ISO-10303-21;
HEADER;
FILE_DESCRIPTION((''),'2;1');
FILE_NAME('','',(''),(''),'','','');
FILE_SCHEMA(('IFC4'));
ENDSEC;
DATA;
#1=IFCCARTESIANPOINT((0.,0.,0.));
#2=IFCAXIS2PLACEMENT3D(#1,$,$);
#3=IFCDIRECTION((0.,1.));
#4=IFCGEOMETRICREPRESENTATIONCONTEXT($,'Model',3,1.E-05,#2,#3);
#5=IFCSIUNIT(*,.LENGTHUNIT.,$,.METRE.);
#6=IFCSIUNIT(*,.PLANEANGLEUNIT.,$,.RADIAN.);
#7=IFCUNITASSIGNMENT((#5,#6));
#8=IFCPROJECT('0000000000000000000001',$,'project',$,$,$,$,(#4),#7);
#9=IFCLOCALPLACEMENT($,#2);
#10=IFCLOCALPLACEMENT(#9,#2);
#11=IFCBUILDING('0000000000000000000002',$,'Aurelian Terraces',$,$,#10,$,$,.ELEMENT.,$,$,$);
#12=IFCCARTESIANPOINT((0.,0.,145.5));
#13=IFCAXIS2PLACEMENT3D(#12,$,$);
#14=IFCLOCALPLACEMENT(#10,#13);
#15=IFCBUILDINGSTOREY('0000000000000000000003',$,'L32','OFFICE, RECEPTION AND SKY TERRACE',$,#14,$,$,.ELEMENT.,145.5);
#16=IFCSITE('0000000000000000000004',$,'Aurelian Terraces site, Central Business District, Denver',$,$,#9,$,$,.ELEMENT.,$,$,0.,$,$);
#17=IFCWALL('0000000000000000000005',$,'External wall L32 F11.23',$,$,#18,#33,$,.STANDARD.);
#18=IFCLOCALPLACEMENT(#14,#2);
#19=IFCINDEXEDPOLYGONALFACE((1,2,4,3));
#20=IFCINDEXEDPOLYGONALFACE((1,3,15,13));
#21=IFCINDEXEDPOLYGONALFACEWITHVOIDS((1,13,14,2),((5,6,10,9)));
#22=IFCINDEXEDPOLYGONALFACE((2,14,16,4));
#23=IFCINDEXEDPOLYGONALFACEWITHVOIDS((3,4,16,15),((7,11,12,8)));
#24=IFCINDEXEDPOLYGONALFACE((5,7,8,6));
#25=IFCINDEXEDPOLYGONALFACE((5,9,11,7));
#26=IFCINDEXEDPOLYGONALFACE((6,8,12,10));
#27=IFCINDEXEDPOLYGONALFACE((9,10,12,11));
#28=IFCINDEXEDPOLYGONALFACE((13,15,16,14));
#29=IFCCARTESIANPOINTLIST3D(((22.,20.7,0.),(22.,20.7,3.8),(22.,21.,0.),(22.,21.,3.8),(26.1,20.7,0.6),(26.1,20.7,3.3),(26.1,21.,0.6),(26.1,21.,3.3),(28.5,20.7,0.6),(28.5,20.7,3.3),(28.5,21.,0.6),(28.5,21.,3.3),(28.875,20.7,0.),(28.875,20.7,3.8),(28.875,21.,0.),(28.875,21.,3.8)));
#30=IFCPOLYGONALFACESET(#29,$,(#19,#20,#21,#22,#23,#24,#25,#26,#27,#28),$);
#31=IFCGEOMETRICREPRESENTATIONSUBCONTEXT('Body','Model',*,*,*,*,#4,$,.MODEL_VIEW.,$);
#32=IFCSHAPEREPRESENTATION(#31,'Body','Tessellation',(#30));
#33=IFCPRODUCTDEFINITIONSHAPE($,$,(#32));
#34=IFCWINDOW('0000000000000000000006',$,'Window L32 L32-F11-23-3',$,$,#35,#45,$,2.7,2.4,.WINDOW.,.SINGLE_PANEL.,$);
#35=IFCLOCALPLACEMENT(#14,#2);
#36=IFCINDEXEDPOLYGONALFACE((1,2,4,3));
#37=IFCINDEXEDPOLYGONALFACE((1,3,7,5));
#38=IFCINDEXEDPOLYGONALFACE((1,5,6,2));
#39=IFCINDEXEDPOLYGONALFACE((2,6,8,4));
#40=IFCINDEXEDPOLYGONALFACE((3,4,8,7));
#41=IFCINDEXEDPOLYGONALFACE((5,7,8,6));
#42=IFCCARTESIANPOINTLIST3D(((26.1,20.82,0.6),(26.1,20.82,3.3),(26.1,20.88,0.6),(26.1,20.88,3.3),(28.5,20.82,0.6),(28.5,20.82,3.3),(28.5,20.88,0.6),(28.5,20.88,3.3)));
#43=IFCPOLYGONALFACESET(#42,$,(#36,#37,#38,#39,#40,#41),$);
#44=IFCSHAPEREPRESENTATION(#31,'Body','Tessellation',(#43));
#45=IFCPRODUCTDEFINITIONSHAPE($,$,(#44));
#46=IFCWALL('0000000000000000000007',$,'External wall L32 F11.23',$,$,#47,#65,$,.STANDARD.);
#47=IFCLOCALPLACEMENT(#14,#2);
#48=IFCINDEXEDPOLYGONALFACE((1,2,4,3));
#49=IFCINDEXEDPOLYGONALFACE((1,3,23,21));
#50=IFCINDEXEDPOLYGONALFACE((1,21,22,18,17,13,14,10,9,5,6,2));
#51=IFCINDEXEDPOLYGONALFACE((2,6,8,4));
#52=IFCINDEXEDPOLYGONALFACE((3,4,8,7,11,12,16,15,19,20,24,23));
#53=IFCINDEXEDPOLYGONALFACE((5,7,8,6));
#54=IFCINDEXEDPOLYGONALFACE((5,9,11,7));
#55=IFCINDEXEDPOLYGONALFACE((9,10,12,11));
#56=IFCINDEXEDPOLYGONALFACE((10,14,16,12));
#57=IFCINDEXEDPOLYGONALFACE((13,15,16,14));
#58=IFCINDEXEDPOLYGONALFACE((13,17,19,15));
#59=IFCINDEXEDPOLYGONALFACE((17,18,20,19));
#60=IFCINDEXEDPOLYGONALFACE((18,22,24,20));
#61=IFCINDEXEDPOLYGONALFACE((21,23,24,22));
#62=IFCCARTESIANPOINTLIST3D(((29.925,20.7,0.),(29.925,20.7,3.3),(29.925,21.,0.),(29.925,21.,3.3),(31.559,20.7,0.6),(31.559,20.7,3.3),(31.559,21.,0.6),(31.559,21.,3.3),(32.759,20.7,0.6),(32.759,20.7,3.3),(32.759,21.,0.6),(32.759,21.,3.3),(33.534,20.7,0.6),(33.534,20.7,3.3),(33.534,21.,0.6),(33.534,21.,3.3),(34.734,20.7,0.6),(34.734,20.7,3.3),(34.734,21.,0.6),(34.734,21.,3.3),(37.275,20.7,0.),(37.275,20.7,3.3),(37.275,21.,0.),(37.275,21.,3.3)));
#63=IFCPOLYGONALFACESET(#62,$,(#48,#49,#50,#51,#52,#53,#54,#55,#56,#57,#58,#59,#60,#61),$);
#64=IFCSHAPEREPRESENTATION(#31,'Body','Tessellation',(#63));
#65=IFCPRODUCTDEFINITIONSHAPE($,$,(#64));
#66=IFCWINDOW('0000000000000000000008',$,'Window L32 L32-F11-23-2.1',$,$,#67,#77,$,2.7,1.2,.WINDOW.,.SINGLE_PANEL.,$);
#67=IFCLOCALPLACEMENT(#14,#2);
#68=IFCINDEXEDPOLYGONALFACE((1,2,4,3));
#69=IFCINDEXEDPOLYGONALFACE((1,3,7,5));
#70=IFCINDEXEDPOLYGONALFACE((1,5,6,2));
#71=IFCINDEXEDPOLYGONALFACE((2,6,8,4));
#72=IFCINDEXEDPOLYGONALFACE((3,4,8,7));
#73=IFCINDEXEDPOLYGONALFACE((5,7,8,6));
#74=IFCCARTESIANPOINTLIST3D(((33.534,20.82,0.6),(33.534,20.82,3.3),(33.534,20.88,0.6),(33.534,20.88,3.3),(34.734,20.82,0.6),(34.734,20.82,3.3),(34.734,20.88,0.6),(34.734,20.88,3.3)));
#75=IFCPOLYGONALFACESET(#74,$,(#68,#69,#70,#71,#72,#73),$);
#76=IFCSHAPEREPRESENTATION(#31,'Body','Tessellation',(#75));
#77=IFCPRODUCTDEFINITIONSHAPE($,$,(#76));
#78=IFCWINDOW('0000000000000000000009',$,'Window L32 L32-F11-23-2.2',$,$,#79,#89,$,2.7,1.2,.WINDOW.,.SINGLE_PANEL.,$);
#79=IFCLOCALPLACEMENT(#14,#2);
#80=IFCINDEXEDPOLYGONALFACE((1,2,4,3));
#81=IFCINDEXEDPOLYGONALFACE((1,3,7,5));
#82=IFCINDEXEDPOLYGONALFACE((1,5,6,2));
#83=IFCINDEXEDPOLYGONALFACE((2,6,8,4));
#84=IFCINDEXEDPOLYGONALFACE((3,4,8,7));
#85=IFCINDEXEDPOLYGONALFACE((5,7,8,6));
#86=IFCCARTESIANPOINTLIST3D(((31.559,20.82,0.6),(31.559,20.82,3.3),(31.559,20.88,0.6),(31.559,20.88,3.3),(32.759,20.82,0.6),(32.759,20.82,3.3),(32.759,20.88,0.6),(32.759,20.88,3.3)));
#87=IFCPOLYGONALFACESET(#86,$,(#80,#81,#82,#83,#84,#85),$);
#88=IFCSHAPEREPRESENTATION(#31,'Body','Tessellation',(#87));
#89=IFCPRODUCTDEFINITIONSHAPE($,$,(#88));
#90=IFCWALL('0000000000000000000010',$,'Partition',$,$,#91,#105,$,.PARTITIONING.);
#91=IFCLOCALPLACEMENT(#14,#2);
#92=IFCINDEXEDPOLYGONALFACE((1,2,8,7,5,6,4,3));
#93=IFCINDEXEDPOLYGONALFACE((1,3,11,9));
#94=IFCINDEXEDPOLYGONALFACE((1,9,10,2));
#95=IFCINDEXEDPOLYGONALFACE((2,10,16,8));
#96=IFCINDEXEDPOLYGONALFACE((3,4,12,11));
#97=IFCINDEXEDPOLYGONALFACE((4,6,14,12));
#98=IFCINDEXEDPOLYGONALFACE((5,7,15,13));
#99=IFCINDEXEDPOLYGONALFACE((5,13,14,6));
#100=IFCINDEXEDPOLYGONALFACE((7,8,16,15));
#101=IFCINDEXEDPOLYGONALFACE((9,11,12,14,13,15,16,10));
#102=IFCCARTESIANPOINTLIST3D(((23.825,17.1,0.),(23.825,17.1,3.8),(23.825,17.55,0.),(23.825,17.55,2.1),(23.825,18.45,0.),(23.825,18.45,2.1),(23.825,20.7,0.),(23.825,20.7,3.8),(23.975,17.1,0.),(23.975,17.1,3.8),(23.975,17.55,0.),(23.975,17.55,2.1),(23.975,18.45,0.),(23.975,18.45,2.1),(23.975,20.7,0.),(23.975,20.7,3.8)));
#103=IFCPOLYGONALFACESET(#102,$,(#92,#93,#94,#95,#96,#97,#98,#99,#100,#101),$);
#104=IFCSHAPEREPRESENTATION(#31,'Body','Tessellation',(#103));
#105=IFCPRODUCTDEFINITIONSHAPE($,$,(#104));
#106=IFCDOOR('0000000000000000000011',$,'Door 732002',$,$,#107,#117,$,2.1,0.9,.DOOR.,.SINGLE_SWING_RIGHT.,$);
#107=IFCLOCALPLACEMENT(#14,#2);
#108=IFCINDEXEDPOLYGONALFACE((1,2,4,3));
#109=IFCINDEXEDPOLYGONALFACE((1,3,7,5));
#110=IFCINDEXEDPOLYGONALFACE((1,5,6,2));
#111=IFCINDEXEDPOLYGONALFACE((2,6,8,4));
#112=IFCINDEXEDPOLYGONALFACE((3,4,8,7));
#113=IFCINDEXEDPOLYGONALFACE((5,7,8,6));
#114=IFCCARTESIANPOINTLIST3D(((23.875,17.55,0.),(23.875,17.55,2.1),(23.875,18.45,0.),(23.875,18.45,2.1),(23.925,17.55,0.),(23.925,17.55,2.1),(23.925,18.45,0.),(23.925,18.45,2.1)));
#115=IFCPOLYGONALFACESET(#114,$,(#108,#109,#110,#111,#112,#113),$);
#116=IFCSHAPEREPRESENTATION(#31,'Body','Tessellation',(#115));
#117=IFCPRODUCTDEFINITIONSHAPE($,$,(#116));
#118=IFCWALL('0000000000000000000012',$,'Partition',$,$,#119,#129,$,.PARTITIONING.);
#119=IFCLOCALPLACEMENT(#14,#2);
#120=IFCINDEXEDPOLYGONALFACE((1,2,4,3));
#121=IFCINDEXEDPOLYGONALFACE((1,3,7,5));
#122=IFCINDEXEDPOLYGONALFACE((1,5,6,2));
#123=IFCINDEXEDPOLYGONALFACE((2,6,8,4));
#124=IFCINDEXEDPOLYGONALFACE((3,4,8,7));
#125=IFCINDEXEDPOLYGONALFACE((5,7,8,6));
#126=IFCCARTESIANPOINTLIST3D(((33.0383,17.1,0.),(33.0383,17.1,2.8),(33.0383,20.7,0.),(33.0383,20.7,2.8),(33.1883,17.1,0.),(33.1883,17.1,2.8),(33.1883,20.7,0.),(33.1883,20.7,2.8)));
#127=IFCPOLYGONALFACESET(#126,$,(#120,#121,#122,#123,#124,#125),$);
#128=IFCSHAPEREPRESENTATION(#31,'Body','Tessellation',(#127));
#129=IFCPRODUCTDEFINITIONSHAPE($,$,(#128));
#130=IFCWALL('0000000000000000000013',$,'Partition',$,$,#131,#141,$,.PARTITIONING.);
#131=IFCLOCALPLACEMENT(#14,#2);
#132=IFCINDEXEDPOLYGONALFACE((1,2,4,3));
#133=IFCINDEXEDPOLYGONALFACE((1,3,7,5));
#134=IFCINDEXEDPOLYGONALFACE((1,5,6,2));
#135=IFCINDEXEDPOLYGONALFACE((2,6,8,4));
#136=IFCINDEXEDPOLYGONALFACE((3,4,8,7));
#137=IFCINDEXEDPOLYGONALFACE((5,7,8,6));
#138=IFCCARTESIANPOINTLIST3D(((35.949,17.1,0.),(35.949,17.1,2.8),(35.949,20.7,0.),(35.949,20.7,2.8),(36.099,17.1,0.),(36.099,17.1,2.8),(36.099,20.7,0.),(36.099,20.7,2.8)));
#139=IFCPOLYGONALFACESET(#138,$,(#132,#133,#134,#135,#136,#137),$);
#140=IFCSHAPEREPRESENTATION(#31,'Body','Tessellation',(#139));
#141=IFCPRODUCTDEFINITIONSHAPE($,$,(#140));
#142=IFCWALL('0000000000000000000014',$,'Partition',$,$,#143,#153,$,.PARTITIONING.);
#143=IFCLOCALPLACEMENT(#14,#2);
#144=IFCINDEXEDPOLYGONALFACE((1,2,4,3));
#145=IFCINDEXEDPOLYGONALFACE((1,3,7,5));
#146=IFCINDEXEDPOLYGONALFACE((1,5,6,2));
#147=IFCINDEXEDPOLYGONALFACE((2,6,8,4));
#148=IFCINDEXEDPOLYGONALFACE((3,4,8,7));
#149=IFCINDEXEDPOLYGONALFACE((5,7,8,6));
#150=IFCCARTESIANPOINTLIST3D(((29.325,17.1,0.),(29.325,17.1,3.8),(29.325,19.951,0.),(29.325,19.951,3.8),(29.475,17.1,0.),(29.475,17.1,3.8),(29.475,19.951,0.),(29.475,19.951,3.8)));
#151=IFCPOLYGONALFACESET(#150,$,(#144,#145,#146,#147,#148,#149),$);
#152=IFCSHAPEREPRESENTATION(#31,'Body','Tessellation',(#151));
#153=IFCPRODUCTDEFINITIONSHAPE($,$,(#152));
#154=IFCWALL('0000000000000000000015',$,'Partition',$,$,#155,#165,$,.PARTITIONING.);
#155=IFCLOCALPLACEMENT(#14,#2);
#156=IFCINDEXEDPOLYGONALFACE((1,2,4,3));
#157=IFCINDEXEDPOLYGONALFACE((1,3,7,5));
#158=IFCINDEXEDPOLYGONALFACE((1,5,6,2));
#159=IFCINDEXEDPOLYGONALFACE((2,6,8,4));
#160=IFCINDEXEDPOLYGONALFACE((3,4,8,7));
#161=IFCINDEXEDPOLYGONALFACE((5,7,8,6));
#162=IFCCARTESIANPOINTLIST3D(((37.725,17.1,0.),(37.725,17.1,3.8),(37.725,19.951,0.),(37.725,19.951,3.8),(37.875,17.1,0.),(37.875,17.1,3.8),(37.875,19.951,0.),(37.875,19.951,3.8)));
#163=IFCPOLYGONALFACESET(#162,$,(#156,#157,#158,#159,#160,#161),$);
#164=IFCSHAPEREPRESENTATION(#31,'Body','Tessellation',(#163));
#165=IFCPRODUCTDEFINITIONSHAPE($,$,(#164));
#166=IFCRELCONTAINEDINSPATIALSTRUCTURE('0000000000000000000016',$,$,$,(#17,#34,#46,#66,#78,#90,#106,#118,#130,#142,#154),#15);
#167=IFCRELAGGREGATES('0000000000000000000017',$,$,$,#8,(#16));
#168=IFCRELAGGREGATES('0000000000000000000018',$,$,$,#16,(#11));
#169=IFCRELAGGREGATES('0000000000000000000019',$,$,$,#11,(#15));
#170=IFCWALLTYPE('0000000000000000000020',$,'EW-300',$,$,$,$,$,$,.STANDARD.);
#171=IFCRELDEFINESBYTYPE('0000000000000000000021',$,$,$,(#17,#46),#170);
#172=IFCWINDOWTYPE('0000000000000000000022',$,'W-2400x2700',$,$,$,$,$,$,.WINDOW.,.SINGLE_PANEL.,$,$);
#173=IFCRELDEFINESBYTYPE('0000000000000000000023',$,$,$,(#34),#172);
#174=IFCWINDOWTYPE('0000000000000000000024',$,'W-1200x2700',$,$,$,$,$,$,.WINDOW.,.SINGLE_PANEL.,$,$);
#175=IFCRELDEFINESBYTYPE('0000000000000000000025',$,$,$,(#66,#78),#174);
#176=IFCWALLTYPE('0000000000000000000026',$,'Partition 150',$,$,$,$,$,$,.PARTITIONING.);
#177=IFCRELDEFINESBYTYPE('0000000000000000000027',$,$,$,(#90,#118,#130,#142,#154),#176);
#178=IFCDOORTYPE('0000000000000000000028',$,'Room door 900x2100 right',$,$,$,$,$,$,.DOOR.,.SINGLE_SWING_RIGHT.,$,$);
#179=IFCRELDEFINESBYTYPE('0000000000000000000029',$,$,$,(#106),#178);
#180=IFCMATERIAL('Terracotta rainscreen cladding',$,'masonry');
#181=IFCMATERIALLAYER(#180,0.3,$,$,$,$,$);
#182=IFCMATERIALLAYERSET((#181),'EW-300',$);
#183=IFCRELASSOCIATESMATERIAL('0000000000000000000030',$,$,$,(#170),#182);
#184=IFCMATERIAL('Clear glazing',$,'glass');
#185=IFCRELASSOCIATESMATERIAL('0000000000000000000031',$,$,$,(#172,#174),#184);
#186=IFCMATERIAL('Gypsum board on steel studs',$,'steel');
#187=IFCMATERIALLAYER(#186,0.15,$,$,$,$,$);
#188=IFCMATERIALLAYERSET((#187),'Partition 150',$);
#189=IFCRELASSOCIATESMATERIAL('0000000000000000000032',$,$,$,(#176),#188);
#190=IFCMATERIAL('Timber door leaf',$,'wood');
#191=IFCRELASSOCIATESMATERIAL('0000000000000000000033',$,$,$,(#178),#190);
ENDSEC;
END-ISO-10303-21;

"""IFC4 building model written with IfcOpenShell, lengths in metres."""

from ifc_helpers import new_model, si_unit, direction, frame, frame_2d, origin, place, context, subcontext, project, spatial, rectangle, extrude, source, transform, mapped, material, layer, layer_set, type_object, element, fill, save


model = new_model("IFC4")

# Units and contexts
model_context = context("Model", 3, precision=1e-05, world=origin(), true_north=direction((0.0, 1.0)))
body_context = subcontext(model_context, "Body", "Model", "MODEL_VIEW")
ifc_project = project(units=[si_unit("LENGTHUNIT", "METRE"), si_unit("PLANEANGLEUNIT", "RADIAN")], contexts=[model_context])

# Site, building, storey
site_placement = place(None, origin())
site = spatial("IfcSite", under=ifc_project, at=site_placement, Name="Aurelian Terraces site, Central Business District, Denver", CompositionType="ELEMENT", RefElevation=0.0)
building_placement = place(site_placement, origin())
building = spatial("IfcBuilding", under=site, at=building_placement, Name="Aurelian Terraces", CompositionType="ELEMENT")
storey_placement = place(building_placement, frame((0.0, 0.0, 145.5)))
storey = spatial("IfcBuildingStorey", under=building, at=storey_placement, Name="L32", Description="OFFICE, RECEPTION AND SKY TERRACE", CompositionType="ELEMENT", Elevation=145.5)

# Wall, opening, window
ifc_material_1 = material(Name="Clear glazing", Category="glass")
ifc_material_2 = material(Name="Terracotta rainscreen cladding", Category="masonry")
ifc_layer_1 = layer(ifc_material_2, 0.3)
ifc_layer_set_1 = layer_set([ifc_layer_1], Name="EW-300")
wall_type_1 = type_object("IfcWallType", Name="EW-300", PredefinedType="STANDARD", material=ifc_layer_set_1)
shared_shape_1 = source(origin(), body_context, "Body", "SweptSolid", [
    extrude(rectangle(XDim=6.875, YDim=0.3, at=frame_2d((3.4375, 0.0))), origin(), (0.0, 0.0, 1.0), 3.8),
])
wall_1_placement = place(storey_placement, frame((28.875, 20.85, 0.0), z_axis=(0.0, 0.0, 1.0), x_axis=(-1.0, 0.0, 0.0)))
wall_1 = element("IfcWall", 1, at=wall_1_placement, inside=storey, type_object=wall_type_1, Name="External wall L32 F11.23", PredefinedType="STANDARD", context=body_context, shape_type="MappedRepresentation", body=[
    mapped(shared_shape_1, transform((0.0, 0.0, 0.0), scale=1.0)),
])
shared_shape_2 = source(origin(), body_context, "Body", "SweptSolid", [
    extrude(rectangle(XDim=2.4, YDim=2.7, at=frame_2d((1.2, 1.35))), frame((0.0, 0.16, 0.0), z_axis=(0.0, -1.0, 0.0), x_axis=(1.0, 0.0, 0.0)), (0.0, 0.0, 1.0), 0.32),
])
opening_1_placement = place(wall_1_placement, frame((0.375, 0.0, 0.6)))
opening_1 = element("IfcOpeningElement", 2, at=opening_1_placement, cuts=wall_1, PredefinedType="OPENING", context=body_context, shape_type="MappedRepresentation", body=[
    mapped(shared_shape_2, transform((0.0, 0.0, 0.0), scale=1.0)),
])
window_type_1 = type_object("IfcWindowType", Name="W-2400x2700", PartitioningType="SINGLE_PANEL", PredefinedType="WINDOW", material=ifc_material_1)
shared_shape_3 = source(origin(), body_context, "Body", "SweptSolid", [
    extrude(rectangle(XDim=2.4, YDim=2.7, at=frame_2d((1.2, 1.35))), frame((0.0, 0.03, 0.0), z_axis=(0.0, -1.0, 0.0), x_axis=(1.0, 0.0, 0.0)), (0.0, 0.0, 1.0), 0.06),
])
window_1_placement = place(opening_1_placement, origin())
window_1 = element("IfcWindow", 3, at=window_1_placement, inside=storey, type_object=window_type_1, Name="Window L32 L32-F11-23-3", OverallHeight=2.7, OverallWidth=2.4, PartitioningType="SINGLE_PANEL", PredefinedType="WINDOW", context=body_context, shape_type="MappedRepresentation", body=[
    mapped(shared_shape_3, transform((0.0, 0.0, 0.0), scale=1.0)),
])
fill(opening_1, window_1)

# Wall, openings, windows
shared_shape_4 = source(origin(), body_context, "Body", "SweptSolid", [
    extrude(rectangle(XDim=7.35, YDim=0.3, at=frame_2d((3.675, 0.0))), origin(), (0.0, 0.0, 1.0), 3.3),
])
wall_2_placement = place(storey_placement, frame((37.275, 20.85, 0.0), z_axis=(0.0, 0.0, 1.0), x_axis=(-1.0, 0.0, 0.0)))
wall_2 = element("IfcWall", 4, at=wall_2_placement, inside=storey, type_object=wall_type_1, Name="External wall L32 F11.23", PredefinedType="STANDARD", context=body_context, shape_type="MappedRepresentation", body=[
    mapped(shared_shape_4, transform((0.0, 0.0, 0.0), scale=1.0)),
])
shared_shape_5 = source(origin(), body_context, "Body", "SweptSolid", [
    extrude(rectangle(XDim=1.2, YDim=2.7, at=frame_2d((0.6, 1.35))), frame((0.0, 0.16, 0.0), z_axis=(0.0, -1.0, 0.0), x_axis=(1.0, 0.0, 0.0)), (0.0, 0.0, 1.0), 0.32),
])
opening_2_placement = place(wall_2_placement, frame((2.541, 0.0, 0.6)))
opening_2 = element("IfcOpeningElement", 5, at=opening_2_placement, cuts=wall_2, PredefinedType="OPENING", context=body_context, shape_type="MappedRepresentation", body=[
    mapped(shared_shape_5, transform((0.0, 0.0, 0.0), scale=1.0)),
])
opening_3_placement = place(wall_2_placement, frame((4.516, 0.0, 0.6)))
opening_3 = element("IfcOpeningElement", 6, at=opening_3_placement, cuts=wall_2, PredefinedType="OPENING", context=body_context, shape_type="MappedRepresentation", body=[
    mapped(shared_shape_5, transform((0.0, 0.0, 0.0), scale=1.0)),
])
window_type_2 = type_object("IfcWindowType", Name="W-1200x2700", PartitioningType="SINGLE_PANEL", PredefinedType="WINDOW", material=ifc_material_1)
shared_shape_6 = source(origin(), body_context, "Body", "SweptSolid", [
    extrude(rectangle(XDim=1.2, YDim=2.7, at=frame_2d((0.6, 1.35))), frame((0.0, 0.03, 0.0), z_axis=(0.0, -1.0, 0.0), x_axis=(1.0, 0.0, 0.0)), (0.0, 0.0, 1.0), 0.06),
])
window_2_placement = place(opening_2_placement, origin())
window_2 = element("IfcWindow", 7, at=window_2_placement, inside=storey, type_object=window_type_2, Name="Window L32 L32-F11-23-2.1", OverallHeight=2.7, OverallWidth=1.2, PartitioningType="SINGLE_PANEL", PredefinedType="WINDOW", context=body_context, shape_type="MappedRepresentation", body=[
    mapped(shared_shape_6, transform((0.0, 0.0, 0.0), scale=1.0)),
])
fill(opening_2, window_2)
window_3_placement = place(opening_3_placement, origin())
window_3 = element("IfcWindow", 8, at=window_3_placement, inside=storey, type_object=window_type_2, Name="Window L32 L32-F11-23-2.2", OverallHeight=2.7, OverallWidth=1.2, PartitioningType="SINGLE_PANEL", PredefinedType="WINDOW", context=body_context, shape_type="MappedRepresentation", body=[
    mapped(shared_shape_6, transform((0.0, 0.0, 0.0), scale=1.0)),
])
fill(opening_3, window_3)

# Wall, opening, door
ifc_material_3 = material(Name="Gypsum board on steel studs", Category="steel")
ifc_layer_2 = layer(ifc_material_3, 0.15)
ifc_layer_set_2 = layer_set([ifc_layer_2], Name="Partition 150")
wall_type_2 = type_object("IfcWallType", Name="Partition 150", PredefinedType="PARTITIONING", material=ifc_layer_set_2)
shared_shape_7 = source(origin(), body_context, "Body", "SweptSolid", [
    extrude(rectangle(XDim=3.6, YDim=0.15, at=frame_2d((1.8, 0.0))), origin(), (0.0, 0.0, 1.0), 3.8),
])
wall_3_placement = place(storey_placement, frame((23.9, 20.7, 0.0), z_axis=(0.0, 0.0, 1.0), x_axis=(0.0, -1.0, 0.0)))
wall_3 = element("IfcWall", 9, at=wall_3_placement, inside=storey, type_object=wall_type_2, Name="Partition", PredefinedType="PARTITIONING", context=body_context, shape_type="MappedRepresentation", body=[
    mapped(shared_shape_7, transform((0.0, 0.0, 0.0), scale=1.0)),
])
shared_shape_8 = source(origin(), body_context, "Body", "SweptSolid", [
    extrude(rectangle(XDim=0.9, YDim=2.1, at=frame_2d((0.45, 1.05))), frame((0.0, 0.085, 0.0), z_axis=(0.0, -1.0, 0.0), x_axis=(1.0, 0.0, 0.0)), (0.0, 0.0, 1.0), 0.17),
])
opening_4_placement = place(wall_3_placement, frame((2.25, 0.0, 0.0)))
opening_4 = element("IfcOpeningElement", 10, at=opening_4_placement, cuts=wall_3, PredefinedType="OPENING", context=body_context, shape_type="MappedRepresentation", body=[
    mapped(shared_shape_8, transform((0.0, 0.0, 0.0), scale=1.0)),
])
ifc_material_4 = material(Name="Timber door leaf", Category="wood")
door_type = type_object("IfcDoorType", Name="Room door 900x2100 right", OperationType="SINGLE_SWING_RIGHT", PredefinedType="DOOR", material=ifc_material_4)
shared_shape_9 = source(origin(), body_context, "Body", "SweptSolid", [
    extrude(rectangle(XDim=0.9, YDim=2.1, at=frame_2d((0.45, 1.05))), frame((0.0, 0.025, 0.0), z_axis=(0.0, -1.0, 0.0), x_axis=(1.0, 0.0, 0.0)), (0.0, 0.0, 1.0), 0.05),
])
door_placement = place(opening_4_placement, origin())
door = element("IfcDoor", 11, at=door_placement, inside=storey, type_object=door_type, Name="Door 732002", OperationType="SINGLE_SWING_RIGHT", OverallHeight=2.1, OverallWidth=0.9, PredefinedType="DOOR", context=body_context, shape_type="MappedRepresentation", body=[
    mapped(shared_shape_9, transform((0.0, 0.0, 0.0), scale=1.0)),
])
fill(opening_4, door)

# Walls
shared_shape_10 = source(origin(), body_context, "Body", "SweptSolid", [
    extrude(rectangle(XDim=3.6, YDim=0.15, at=frame_2d((1.8, 0.0))), origin(), (0.0, 0.0, 1.0), 2.8),
])
for number, where, z_axis, x_axis, name in (
    (12, (33.1133, 20.7, 0.0), (0.0, 0.0, 1.0), (0.0, -1.0, 0.0), "Partition"),
    (13, (36.024, 20.7, 0.0), (0.0, 0.0, 1.0), (0.0, -1.0, 0.0), "Partition"),
):
    element("IfcWall", number, at=place(storey_placement, frame(where, z_axis=z_axis, x_axis=x_axis)), inside=storey, type_object=wall_type_2, Name=name, PredefinedType="PARTITIONING", context=body_context, shape_type="MappedRepresentation", body=[
        mapped(shared_shape_10, transform((0.0, 0.0, 0.0), scale=1.0)),
    ])
shared_shape_11 = source(origin(), body_context, "Body", "SweptSolid", [
    extrude(rectangle(XDim=2.851, YDim=0.15, at=frame_2d((1.4255, 0.0))), origin(), (0.0, 0.0, 1.0), 3.8),
])
for number, where, z_axis, x_axis, name in (
    (14, (29.4, 17.1, 0.0), (0.0, 0.0, 1.0), (0.0, 1.0, 0.0), "Partition"),
    (15, (37.8, 17.1, 0.0), (0.0, 0.0, 1.0), (0.0, 1.0, 0.0), "Partition"),
):
    element("IfcWall", number, at=place(storey_placement, frame(where, z_axis=z_axis, x_axis=x_axis)), inside=storey, type_object=wall_type_2, Name=name, PredefinedType="PARTITIONING", context=body_context, shape_type="MappedRepresentation", body=[
        mapped(shared_shape_11, transform((0.0, 0.0, 0.0), scale=1.0)),
    ])

save(model, "model.ifc")
